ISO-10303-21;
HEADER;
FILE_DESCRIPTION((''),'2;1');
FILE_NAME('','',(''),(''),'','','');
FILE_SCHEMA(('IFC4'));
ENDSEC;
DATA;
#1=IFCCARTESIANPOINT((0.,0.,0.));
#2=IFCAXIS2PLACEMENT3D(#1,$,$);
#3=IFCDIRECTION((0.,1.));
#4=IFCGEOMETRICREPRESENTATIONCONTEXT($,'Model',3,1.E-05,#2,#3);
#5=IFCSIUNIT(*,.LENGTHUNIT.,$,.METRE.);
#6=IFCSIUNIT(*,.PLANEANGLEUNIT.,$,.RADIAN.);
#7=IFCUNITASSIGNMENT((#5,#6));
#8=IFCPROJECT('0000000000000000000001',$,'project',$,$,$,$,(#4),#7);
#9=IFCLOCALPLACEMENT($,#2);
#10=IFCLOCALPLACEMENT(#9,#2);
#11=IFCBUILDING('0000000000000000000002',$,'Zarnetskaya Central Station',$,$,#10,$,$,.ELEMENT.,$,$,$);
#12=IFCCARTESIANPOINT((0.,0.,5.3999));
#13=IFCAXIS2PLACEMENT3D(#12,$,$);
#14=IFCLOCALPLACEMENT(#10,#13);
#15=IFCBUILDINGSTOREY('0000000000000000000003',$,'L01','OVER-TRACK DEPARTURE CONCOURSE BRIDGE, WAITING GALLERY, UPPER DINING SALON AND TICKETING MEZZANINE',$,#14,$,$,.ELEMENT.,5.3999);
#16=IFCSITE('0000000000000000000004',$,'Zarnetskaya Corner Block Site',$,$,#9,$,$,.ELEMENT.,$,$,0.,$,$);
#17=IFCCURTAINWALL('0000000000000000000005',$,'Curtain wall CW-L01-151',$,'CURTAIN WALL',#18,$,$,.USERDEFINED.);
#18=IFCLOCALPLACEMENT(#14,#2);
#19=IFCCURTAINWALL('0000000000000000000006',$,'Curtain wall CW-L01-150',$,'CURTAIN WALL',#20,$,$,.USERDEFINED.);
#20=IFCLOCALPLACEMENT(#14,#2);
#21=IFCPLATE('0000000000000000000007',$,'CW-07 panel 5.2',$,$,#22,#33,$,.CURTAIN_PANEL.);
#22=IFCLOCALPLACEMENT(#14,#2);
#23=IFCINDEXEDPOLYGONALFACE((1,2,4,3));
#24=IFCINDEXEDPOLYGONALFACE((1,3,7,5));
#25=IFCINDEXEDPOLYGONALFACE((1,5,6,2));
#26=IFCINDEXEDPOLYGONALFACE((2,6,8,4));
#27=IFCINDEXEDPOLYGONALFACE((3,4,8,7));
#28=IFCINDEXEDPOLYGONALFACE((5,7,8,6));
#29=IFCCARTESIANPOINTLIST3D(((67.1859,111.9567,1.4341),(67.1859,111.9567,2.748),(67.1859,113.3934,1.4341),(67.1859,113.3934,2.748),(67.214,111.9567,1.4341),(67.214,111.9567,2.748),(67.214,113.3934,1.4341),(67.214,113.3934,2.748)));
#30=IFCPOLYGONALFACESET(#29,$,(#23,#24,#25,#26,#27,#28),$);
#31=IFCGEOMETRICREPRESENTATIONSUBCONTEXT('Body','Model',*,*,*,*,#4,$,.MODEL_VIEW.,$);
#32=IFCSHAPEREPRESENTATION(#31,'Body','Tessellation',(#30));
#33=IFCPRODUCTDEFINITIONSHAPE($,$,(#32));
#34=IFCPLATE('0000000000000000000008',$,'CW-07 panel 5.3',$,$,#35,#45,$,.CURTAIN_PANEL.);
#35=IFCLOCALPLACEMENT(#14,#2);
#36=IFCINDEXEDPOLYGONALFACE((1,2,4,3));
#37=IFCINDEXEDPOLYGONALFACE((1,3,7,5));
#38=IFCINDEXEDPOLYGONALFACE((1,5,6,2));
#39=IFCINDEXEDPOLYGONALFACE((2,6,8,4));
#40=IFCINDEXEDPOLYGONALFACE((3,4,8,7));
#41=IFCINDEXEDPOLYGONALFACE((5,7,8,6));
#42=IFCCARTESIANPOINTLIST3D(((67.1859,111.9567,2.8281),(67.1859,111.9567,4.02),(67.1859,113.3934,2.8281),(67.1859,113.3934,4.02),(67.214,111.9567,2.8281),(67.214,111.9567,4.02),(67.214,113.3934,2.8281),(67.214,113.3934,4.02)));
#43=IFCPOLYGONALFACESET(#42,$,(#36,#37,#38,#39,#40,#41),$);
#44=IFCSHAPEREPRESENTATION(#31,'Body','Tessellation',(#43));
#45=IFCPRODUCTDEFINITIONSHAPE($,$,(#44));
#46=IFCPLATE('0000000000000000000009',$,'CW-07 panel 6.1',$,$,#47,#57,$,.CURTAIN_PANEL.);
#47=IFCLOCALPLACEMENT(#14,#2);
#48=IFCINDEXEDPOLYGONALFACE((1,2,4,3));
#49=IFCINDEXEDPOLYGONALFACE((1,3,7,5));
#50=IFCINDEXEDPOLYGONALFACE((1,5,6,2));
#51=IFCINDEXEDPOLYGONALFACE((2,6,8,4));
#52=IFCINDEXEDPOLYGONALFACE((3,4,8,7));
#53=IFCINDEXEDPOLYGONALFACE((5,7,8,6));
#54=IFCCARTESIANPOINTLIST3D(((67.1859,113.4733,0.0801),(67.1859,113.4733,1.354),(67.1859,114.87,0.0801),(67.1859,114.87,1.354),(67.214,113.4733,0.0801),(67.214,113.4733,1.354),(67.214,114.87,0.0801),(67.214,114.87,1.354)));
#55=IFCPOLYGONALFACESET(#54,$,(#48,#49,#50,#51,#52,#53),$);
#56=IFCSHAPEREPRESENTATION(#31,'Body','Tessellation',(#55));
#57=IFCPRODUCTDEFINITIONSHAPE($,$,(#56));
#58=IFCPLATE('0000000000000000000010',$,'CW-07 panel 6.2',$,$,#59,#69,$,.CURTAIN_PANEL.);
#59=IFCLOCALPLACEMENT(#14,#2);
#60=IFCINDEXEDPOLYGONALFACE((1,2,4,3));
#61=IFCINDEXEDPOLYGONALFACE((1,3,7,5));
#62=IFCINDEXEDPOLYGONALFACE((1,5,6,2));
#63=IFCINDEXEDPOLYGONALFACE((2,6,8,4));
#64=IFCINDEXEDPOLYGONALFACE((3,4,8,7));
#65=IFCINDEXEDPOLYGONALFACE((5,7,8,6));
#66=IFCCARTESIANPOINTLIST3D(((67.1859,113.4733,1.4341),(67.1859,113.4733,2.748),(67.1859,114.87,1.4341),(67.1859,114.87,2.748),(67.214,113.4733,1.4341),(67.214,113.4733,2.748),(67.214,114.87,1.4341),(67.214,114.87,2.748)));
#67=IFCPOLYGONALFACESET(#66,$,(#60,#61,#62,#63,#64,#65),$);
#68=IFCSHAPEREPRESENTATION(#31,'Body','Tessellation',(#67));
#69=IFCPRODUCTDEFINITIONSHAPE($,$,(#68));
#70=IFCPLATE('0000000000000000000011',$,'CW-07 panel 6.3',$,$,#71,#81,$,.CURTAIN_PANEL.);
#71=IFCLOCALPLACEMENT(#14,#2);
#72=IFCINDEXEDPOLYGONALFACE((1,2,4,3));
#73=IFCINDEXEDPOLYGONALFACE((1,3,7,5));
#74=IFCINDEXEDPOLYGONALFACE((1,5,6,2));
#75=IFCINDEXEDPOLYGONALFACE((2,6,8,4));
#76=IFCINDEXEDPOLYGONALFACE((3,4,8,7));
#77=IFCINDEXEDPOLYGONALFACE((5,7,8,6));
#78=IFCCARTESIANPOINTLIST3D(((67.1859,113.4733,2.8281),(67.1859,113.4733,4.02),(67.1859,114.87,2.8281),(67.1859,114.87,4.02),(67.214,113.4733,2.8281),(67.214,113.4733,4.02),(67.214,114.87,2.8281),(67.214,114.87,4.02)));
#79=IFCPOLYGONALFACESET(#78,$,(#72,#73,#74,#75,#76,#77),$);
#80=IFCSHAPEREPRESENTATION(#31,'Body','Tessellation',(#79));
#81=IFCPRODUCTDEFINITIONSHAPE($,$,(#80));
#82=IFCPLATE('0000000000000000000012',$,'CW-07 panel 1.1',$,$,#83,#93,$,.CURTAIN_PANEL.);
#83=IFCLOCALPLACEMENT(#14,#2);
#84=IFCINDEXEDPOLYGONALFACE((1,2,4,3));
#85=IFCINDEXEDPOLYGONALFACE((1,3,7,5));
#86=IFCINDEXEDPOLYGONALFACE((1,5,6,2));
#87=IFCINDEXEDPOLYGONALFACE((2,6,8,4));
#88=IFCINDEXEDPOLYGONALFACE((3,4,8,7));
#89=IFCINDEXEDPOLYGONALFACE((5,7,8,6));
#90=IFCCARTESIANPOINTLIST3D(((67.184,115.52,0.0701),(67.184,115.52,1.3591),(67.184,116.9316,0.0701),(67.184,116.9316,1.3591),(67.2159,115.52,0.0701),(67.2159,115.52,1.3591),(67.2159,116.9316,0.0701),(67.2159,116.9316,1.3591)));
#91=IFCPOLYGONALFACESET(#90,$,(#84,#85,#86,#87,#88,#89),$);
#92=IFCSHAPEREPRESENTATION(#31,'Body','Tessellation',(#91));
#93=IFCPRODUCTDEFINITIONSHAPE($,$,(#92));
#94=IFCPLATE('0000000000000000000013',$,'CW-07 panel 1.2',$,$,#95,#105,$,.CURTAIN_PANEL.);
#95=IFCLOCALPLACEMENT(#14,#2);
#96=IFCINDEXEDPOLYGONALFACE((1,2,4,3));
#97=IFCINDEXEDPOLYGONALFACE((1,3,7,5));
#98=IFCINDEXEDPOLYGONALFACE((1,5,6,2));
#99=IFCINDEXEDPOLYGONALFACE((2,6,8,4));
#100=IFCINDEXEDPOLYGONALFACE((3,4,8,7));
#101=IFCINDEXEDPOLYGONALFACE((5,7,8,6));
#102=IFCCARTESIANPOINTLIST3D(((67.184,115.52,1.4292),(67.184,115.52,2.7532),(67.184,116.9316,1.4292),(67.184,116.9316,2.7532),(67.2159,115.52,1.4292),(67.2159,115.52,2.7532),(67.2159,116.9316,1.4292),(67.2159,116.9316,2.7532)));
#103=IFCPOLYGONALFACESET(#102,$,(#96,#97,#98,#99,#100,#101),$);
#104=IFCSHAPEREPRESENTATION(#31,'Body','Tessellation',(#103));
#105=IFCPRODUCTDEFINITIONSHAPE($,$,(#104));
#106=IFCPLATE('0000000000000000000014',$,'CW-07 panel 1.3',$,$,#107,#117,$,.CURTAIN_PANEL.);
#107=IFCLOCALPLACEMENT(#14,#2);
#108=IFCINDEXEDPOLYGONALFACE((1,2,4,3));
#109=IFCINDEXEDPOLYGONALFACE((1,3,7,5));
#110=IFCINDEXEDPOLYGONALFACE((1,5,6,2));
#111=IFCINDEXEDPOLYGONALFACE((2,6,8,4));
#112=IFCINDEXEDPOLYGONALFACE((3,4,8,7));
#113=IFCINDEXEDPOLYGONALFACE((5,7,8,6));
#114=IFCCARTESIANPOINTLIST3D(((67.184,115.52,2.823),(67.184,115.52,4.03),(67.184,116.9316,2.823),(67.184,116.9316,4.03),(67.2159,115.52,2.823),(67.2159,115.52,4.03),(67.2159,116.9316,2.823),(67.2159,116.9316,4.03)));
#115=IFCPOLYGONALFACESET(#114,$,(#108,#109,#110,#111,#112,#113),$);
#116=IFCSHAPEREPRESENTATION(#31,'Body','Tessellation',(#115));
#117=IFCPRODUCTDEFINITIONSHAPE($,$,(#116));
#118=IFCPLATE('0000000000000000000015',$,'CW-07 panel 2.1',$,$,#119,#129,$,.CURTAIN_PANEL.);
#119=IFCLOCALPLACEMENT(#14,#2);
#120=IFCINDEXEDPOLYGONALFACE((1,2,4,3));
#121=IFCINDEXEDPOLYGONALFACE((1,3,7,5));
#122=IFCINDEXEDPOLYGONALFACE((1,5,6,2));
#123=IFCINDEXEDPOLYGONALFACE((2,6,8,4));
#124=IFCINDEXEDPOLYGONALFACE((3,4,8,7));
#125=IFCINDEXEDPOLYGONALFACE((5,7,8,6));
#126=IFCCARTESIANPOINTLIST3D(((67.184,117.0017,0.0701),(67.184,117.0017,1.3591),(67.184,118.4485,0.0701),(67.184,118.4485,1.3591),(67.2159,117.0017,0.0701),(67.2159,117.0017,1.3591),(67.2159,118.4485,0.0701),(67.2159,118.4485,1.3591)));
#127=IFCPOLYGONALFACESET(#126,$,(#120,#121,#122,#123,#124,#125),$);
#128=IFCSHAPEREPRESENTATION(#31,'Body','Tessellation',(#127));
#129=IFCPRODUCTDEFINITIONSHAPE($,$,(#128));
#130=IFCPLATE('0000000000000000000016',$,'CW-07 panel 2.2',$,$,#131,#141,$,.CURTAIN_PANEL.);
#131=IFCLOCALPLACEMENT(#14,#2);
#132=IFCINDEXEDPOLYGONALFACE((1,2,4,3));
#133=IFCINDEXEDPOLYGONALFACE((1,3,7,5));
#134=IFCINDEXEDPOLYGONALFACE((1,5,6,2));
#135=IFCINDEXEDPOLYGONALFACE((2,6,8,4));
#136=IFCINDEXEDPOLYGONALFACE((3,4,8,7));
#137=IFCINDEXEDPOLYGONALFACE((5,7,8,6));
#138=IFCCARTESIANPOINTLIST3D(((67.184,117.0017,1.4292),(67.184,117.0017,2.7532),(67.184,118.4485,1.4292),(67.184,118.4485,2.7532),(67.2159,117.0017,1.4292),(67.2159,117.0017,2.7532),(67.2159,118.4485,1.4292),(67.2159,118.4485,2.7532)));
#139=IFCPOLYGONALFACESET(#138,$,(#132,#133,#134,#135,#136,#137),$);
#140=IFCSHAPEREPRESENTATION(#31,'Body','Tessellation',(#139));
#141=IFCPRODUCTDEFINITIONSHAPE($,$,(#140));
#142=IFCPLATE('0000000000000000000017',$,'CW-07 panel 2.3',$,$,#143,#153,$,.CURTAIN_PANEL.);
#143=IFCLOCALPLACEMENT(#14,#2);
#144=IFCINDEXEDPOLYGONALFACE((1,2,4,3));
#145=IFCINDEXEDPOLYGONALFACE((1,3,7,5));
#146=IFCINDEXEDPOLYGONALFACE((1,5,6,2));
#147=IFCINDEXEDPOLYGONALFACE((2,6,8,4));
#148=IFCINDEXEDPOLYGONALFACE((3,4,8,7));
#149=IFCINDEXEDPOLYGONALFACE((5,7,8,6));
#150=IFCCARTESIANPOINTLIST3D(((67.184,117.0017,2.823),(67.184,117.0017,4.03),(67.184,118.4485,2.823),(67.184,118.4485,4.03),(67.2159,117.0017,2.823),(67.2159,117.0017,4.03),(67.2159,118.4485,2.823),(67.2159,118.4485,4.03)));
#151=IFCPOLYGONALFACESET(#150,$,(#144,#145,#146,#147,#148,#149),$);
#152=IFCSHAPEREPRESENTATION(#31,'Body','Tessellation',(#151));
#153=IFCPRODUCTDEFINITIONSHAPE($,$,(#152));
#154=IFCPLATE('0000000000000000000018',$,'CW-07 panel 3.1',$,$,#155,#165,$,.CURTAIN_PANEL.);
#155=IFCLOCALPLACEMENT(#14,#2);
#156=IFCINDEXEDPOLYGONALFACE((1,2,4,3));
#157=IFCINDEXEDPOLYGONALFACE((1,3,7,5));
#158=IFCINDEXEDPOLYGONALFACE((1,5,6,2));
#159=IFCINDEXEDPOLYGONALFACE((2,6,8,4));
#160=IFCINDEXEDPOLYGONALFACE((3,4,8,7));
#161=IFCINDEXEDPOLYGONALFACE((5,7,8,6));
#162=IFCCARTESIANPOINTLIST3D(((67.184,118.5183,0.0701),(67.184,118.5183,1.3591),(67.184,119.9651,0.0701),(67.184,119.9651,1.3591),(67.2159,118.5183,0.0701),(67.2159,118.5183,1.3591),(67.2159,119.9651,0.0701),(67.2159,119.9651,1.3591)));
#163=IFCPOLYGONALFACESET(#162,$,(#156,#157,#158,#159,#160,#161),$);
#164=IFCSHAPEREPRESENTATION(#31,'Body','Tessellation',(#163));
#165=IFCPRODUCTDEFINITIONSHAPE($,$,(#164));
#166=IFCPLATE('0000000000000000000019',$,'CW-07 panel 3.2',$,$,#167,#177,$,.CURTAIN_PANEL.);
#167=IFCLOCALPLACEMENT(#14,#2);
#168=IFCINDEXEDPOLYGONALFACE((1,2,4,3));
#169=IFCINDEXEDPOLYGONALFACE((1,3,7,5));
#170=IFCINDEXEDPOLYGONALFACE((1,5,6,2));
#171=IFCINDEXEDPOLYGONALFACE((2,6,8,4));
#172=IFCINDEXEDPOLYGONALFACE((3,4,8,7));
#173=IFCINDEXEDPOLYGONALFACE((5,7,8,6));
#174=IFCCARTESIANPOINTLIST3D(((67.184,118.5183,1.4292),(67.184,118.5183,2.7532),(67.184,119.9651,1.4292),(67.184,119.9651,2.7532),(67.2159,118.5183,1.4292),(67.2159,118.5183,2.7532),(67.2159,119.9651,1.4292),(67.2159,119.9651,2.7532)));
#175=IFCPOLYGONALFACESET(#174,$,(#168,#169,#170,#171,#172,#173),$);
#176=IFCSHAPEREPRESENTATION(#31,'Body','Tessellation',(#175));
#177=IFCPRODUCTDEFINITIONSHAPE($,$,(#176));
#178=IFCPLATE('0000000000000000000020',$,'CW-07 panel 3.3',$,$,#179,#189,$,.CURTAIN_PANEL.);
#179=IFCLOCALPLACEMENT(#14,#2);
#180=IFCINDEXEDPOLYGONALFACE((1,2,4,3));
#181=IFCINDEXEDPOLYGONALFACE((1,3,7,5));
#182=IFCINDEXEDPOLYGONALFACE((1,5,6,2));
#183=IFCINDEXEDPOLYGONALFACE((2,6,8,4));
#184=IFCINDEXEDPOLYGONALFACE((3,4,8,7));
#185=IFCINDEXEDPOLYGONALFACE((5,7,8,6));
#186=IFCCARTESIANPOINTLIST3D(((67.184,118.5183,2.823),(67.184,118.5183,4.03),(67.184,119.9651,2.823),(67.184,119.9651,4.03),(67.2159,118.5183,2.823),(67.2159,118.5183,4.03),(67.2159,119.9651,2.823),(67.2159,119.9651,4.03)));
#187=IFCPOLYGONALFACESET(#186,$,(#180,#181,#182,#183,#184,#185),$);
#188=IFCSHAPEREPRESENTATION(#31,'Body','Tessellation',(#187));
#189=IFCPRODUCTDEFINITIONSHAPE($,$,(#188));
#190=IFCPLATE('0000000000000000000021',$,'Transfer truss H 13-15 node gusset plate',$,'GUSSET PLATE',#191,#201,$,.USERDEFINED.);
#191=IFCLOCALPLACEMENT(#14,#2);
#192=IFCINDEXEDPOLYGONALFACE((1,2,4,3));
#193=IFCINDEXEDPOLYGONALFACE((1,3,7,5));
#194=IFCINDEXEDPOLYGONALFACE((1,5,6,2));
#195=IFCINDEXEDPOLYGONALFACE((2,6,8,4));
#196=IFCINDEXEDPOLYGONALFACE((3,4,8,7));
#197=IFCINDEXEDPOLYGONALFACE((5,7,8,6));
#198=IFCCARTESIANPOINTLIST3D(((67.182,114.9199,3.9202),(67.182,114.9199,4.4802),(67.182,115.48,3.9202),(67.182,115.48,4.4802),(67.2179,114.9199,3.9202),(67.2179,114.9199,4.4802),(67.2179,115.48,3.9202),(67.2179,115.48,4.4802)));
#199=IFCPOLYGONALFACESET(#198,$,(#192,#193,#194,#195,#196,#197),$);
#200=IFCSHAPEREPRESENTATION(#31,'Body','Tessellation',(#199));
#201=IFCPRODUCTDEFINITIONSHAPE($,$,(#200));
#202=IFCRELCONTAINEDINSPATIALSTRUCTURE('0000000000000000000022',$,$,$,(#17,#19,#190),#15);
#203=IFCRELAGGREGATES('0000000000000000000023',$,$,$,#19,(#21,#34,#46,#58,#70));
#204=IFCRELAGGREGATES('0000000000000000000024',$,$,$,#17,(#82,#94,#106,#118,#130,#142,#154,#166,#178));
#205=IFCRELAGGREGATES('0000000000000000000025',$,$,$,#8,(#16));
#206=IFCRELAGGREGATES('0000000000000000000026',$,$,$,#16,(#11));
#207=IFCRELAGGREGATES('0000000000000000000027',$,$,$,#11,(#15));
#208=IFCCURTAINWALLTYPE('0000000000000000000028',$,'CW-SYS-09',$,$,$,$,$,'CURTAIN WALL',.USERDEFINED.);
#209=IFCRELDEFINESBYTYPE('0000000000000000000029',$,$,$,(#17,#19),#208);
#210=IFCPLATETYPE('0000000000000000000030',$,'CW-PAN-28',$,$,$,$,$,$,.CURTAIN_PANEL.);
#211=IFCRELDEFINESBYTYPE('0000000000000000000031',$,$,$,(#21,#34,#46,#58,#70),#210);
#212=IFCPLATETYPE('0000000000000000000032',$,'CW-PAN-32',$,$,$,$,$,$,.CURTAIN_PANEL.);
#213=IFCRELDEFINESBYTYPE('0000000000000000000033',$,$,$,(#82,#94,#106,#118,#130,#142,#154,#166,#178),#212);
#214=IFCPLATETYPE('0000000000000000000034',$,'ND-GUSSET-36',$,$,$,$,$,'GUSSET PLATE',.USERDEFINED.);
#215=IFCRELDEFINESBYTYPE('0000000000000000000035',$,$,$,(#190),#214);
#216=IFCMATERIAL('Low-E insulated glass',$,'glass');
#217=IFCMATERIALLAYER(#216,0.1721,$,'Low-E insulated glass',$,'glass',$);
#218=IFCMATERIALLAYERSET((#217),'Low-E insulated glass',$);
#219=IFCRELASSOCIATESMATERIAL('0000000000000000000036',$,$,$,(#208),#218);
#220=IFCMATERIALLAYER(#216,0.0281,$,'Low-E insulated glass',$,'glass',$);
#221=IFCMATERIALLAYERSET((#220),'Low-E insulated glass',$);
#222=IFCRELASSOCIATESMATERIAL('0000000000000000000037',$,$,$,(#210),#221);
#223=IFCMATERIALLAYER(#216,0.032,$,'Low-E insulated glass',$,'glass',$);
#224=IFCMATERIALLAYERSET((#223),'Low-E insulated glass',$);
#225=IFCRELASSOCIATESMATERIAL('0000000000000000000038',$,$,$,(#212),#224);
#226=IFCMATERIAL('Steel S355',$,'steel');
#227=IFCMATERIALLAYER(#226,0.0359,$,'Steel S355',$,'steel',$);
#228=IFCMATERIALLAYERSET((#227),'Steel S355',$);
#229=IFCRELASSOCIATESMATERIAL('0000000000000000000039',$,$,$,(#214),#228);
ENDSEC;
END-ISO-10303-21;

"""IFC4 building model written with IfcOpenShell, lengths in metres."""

from ifc_helpers import new_model, si_unit, direction, frame, origin, origin_2d, place, context, subcontext, project, spatial, rectangle, extrude, material, layer, layer_set, type_object, element, aggregate, save


model = new_model("IFC4")

# Units and contexts
model_context = context("Model", 3, precision=1e-05, world=origin(), true_north=direction((0.0, 1.0)))
body_context = subcontext(model_context, "Body", "Model", "MODEL_VIEW")
ifc_project = project(units=[si_unit("LENGTHUNIT", "METRE"), si_unit("PLANEANGLEUNIT", "RADIAN")], contexts=[model_context])

# Site, building, storey
site_placement = place(None, origin())
site = spatial("IfcSite", under=ifc_project, at=site_placement, Name="Zarnetskaya Corner Block Site", CompositionType="ELEMENT", RefElevation=0.0)
building_placement = place(site_placement, origin())
building = spatial("IfcBuilding", under=site, at=building_placement, Name="Zarnetskaya Central Station", CompositionType="ELEMENT")
storey_placement = place(building_placement, frame((0.0, 0.0, 5.3999)))
storey = spatial("IfcBuildingStorey", under=building, at=storey_placement, Name="L01", Description="OVER-TRACK DEPARTURE CONCOURSE BRIDGE, WAITING GALLERY, UPPER DINING SALON AND TICKETING MEZZANINE", CompositionType="ELEMENT", Elevation=5.3999)

# Shared definitions
ifc_material_1 = material(Name="Steel S355", Category="steel")

# Curtain walls
ifc_material_2 = material(Name="Low-E insulated glass", Category="glass")
ifc_layer_1 = layer(ifc_material_2, 0.1721, Name="Low-E insulated glass", Category="glass")
ifc_layer_set_1 = layer_set([ifc_layer_1], Name="Low-E insulated glass")
curtain_wall_type = type_object("IfcCurtainWallType", Name="CW-SYS-09", ElementType="CURTAIN WALL", PredefinedType="USERDEFINED", material=ifc_layer_set_1)
curtain_wall_1_placement = place(storey_placement, origin())
curtain_wall_1 = element("IfcCurtainWall", 1, at=curtain_wall_1_placement, inside=storey, type_object=curtain_wall_type, Name="Curtain wall CW-L01-151", ObjectType="CURTAIN WALL", PredefinedType="USERDEFINED")
curtain_wall_2_placement = place(storey_placement, origin())
curtain_wall_2 = element("IfcCurtainWall", 2, at=curtain_wall_2_placement, inside=storey, type_object=curtain_wall_type, Name="Curtain wall CW-L01-150", ObjectType="CURTAIN WALL", PredefinedType="USERDEFINED")

# Plates
ifc_layer_2 = layer(ifc_material_2, 0.0281, Name="Low-E insulated glass", Category="glass")
ifc_layer_set_2 = layer_set([ifc_layer_2], Name="Low-E insulated glass")
plate_type_1 = type_object("IfcPlateType", Name="CW-PAN-28", PredefinedType="CURTAIN_PANEL", material=ifc_layer_set_2)
plate_1_placement = place(storey_placement, frame((67.2, 112.675, 1.4341), z_axis=(0.0, 0.0, 1.0), x_axis=(0.0, 1.0, 0.0)))
plate_1 = element("IfcPlate", 3, at=plate_1_placement, type_object=plate_type_1, Name="CW-07 panel 5.2", PredefinedType="CURTAIN_PANEL", context=body_context, shape_type="SweptSolid", body=[
    extrude(rectangle(XDim=1.4368, YDim=0.0281, at=origin_2d()), origin(), (0.0, 0.0, 1.0), 1.314),
])
plate_2_placement = place(storey_placement, frame((67.2, 112.675, 2.8281), z_axis=(0.0, 0.0, 1.0), x_axis=(0.0, 1.0, 0.0)))
plate_2 = element("IfcPlate", 4, at=plate_2_placement, type_object=plate_type_1, Name="CW-07 panel 5.3", PredefinedType="CURTAIN_PANEL", context=body_context, shape_type="SweptSolid", body=[
    extrude(rectangle(XDim=1.4368, YDim=0.0281, at=origin_2d()), origin(), (0.0, 0.0, 1.0), 1.1919),
])
plate_3_placement = place(storey_placement, frame((67.2, 114.1716, 0.0801), z_axis=(0.0, 0.0, 1.0), x_axis=(0.0, 1.0, 0.0)))
plate_3 = element("IfcPlate", 5, at=plate_3_placement, type_object=plate_type_1, Name="CW-07 panel 6.1", PredefinedType="CURTAIN_PANEL", context=body_context, shape_type="SweptSolid", body=[
    extrude(rectangle(XDim=1.3967, YDim=0.0281, at=origin_2d()), origin(), (0.0, 0.0, 1.0), 1.2739),
])
plate_4_placement = place(storey_placement, frame((67.2, 114.1716, 1.4341), z_axis=(0.0, 0.0, 1.0), x_axis=(0.0, 1.0, 0.0)))
plate_4 = element("IfcPlate", 6, at=plate_4_placement, type_object=plate_type_1, Name="CW-07 panel 6.2", PredefinedType="CURTAIN_PANEL", context=body_context, shape_type="SweptSolid", body=[
    extrude(rectangle(XDim=1.3967, YDim=0.0281, at=origin_2d()), origin(), (0.0, 0.0, 1.0), 1.314),
])
plate_5_placement = place(storey_placement, frame((67.2, 114.1716, 2.8281), z_axis=(0.0, 0.0, 1.0), x_axis=(0.0, 1.0, 0.0)))
plate_5 = element("IfcPlate", 7, at=plate_5_placement, type_object=plate_type_1, Name="CW-07 panel 6.3", PredefinedType="CURTAIN_PANEL", context=body_context, shape_type="SweptSolid", body=[
    extrude(rectangle(XDim=1.3967, YDim=0.0281, at=origin_2d()), origin(), (0.0, 0.0, 1.0), 1.1919),
])
aggregate(curtain_wall_2, [plate_1, plate_2, plate_3, plate_4, plate_5])
ifc_layer_3 = layer(ifc_material_2, 0.032, Name="Low-E insulated glass", Category="glass")
ifc_layer_set_3 = layer_set([ifc_layer_3], Name="Low-E insulated glass")
plate_type_2 = type_object("IfcPlateType", Name="CW-PAN-32", PredefinedType="CURTAIN_PANEL", material=ifc_layer_set_3)
plate_6_placement = place(storey_placement, frame((67.2, 116.2258, 0.0701), z_axis=(0.0, 0.0, 1.0), x_axis=(0.0, 1.0, 0.0)))
plate_6 = element("IfcPlate", 8, at=plate_6_placement, type_object=plate_type_2, Name="CW-07 panel 1.1", PredefinedType="CURTAIN_PANEL", context=body_context, shape_type="SweptSolid", body=[
    extrude(rectangle(XDim=1.4116, YDim=0.032, at=origin_2d()), origin(), (0.0, 0.0, 1.0), 1.2891),
])
plate_7_placement = place(storey_placement, frame((67.2, 116.2258, 1.4292), z_axis=(0.0, 0.0, 1.0), x_axis=(0.0, 1.0, 0.0)))
plate_7 = element("IfcPlate", 9, at=plate_7_placement, type_object=plate_type_2, Name="CW-07 panel 1.2", PredefinedType="CURTAIN_PANEL", context=body_context, shape_type="SweptSolid", body=[
    extrude(rectangle(XDim=1.4116, YDim=0.032, at=origin_2d()), origin(), (0.0, 0.0, 1.0), 1.324),
])
plate_8_placement = place(storey_placement, frame((67.2, 116.2258, 2.823), z_axis=(0.0, 0.0, 1.0), x_axis=(0.0, 1.0, 0.0)))
plate_8 = element("IfcPlate", 10, at=plate_8_placement, type_object=plate_type_2, Name="CW-07 panel 1.3", PredefinedType="CURTAIN_PANEL", context=body_context, shape_type="SweptSolid", body=[
    extrude(rectangle(XDim=1.4116, YDim=0.032, at=origin_2d()), origin(), (0.0, 0.0, 1.0), 1.207),
])
plate_9_placement = place(storey_placement, frame((67.2, 117.7251, 0.0701), z_axis=(0.0, 0.0, 1.0), x_axis=(0.0, 1.0, 0.0)))
plate_9 = element("IfcPlate", 11, at=plate_9_placement, type_object=plate_type_2, Name="CW-07 panel 2.1", PredefinedType="CURTAIN_PANEL", context=body_context, shape_type="SweptSolid", body=[
    extrude(rectangle(XDim=1.4468, YDim=0.032, at=origin_2d()), origin(), (0.0, 0.0, 1.0), 1.2891),
])
plate_10_placement = place(storey_placement, frame((67.2, 117.7251, 1.4292), z_axis=(0.0, 0.0, 1.0), x_axis=(0.0, 1.0, 0.0)))
plate_10 = element("IfcPlate", 12, at=plate_10_placement, type_object=plate_type_2, Name="CW-07 panel 2.2", PredefinedType="CURTAIN_PANEL", context=body_context, shape_type="SweptSolid", body=[
    extrude(rectangle(XDim=1.4468, YDim=0.032, at=origin_2d()), origin(), (0.0, 0.0, 1.0), 1.324),
])
plate_11_placement = place(storey_placement, frame((67.2, 117.7251, 2.823), z_axis=(0.0, 0.0, 1.0), x_axis=(0.0, 1.0, 0.0)))
plate_11 = element("IfcPlate", 13, at=plate_11_placement, type_object=plate_type_2, Name="CW-07 panel 2.3", PredefinedType="CURTAIN_PANEL", context=body_context, shape_type="SweptSolid", body=[
    extrude(rectangle(XDim=1.4468, YDim=0.032, at=origin_2d()), origin(), (0.0, 0.0, 1.0), 1.207),
])
plate_12_placement = place(storey_placement, frame((67.2, 119.2417, 0.0701), z_axis=(0.0, 0.0, 1.0), x_axis=(0.0, 1.0, 0.0)))
plate_12 = element("IfcPlate", 14, at=plate_12_placement, type_object=plate_type_2, Name="CW-07 panel 3.1", PredefinedType="CURTAIN_PANEL", context=body_context, shape_type="SweptSolid", body=[
    extrude(rectangle(XDim=1.4468, YDim=0.032, at=origin_2d()), origin(), (0.0, 0.0, 1.0), 1.2891),
])
plate_13_placement = place(storey_placement, frame((67.2, 119.2417, 1.4292), z_axis=(0.0, 0.0, 1.0), x_axis=(0.0, 1.0, 0.0)))
plate_13 = element("IfcPlate", 15, at=plate_13_placement, type_object=plate_type_2, Name="CW-07 panel 3.2", PredefinedType="CURTAIN_PANEL", context=body_context, shape_type="SweptSolid", body=[
    extrude(rectangle(XDim=1.4468, YDim=0.032, at=origin_2d()), origin(), (0.0, 0.0, 1.0), 1.324),
])
plate_14_placement = place(storey_placement, frame((67.2, 119.2417, 2.823), z_axis=(0.0, 0.0, 1.0), x_axis=(0.0, 1.0, 0.0)))
plate_14 = element("IfcPlate", 16, at=plate_14_placement, type_object=plate_type_2, Name="CW-07 panel 3.3", PredefinedType="CURTAIN_PANEL", context=body_context, shape_type="SweptSolid", body=[
    extrude(rectangle(XDim=1.4468, YDim=0.032, at=origin_2d()), origin(), (0.0, 0.0, 1.0), 1.207),
])
aggregate(curtain_wall_1, [plate_6, plate_7, plate_8, plate_9, plate_10, plate_11, plate_12, plate_13, plate_14])
ifc_layer_4 = layer(ifc_material_1, 0.0359, Name="Steel S355", Category="steel")
ifc_layer_set_4 = layer_set([ifc_layer_4], Name="Steel S355")
plate_type_3 = type_object("IfcPlateType", Name="ND-GUSSET-36", ElementType="GUSSET PLATE", PredefinedType="USERDEFINED", material=ifc_layer_set_4)
plate_15_placement = place(storey_placement, frame((67.2, 115.2, 3.9202), z_axis=(0.0, 0.0, 1.0), x_axis=(1.0, 0.0, 0.0)))
element("IfcPlate", 17, at=plate_15_placement, inside=storey, type_object=plate_type_3, Name="Transfer truss H 13-15 node gusset plate", ObjectType="GUSSET PLATE", PredefinedType="USERDEFINED", context=body_context, shape_type="SweptSolid", body=[
    extrude(rectangle(XDim=0.0359, YDim=0.5601, at=origin_2d()), origin(), (0.0, 0.0, 1.0), 0.5601),
])

save(model, "model.ifc")
